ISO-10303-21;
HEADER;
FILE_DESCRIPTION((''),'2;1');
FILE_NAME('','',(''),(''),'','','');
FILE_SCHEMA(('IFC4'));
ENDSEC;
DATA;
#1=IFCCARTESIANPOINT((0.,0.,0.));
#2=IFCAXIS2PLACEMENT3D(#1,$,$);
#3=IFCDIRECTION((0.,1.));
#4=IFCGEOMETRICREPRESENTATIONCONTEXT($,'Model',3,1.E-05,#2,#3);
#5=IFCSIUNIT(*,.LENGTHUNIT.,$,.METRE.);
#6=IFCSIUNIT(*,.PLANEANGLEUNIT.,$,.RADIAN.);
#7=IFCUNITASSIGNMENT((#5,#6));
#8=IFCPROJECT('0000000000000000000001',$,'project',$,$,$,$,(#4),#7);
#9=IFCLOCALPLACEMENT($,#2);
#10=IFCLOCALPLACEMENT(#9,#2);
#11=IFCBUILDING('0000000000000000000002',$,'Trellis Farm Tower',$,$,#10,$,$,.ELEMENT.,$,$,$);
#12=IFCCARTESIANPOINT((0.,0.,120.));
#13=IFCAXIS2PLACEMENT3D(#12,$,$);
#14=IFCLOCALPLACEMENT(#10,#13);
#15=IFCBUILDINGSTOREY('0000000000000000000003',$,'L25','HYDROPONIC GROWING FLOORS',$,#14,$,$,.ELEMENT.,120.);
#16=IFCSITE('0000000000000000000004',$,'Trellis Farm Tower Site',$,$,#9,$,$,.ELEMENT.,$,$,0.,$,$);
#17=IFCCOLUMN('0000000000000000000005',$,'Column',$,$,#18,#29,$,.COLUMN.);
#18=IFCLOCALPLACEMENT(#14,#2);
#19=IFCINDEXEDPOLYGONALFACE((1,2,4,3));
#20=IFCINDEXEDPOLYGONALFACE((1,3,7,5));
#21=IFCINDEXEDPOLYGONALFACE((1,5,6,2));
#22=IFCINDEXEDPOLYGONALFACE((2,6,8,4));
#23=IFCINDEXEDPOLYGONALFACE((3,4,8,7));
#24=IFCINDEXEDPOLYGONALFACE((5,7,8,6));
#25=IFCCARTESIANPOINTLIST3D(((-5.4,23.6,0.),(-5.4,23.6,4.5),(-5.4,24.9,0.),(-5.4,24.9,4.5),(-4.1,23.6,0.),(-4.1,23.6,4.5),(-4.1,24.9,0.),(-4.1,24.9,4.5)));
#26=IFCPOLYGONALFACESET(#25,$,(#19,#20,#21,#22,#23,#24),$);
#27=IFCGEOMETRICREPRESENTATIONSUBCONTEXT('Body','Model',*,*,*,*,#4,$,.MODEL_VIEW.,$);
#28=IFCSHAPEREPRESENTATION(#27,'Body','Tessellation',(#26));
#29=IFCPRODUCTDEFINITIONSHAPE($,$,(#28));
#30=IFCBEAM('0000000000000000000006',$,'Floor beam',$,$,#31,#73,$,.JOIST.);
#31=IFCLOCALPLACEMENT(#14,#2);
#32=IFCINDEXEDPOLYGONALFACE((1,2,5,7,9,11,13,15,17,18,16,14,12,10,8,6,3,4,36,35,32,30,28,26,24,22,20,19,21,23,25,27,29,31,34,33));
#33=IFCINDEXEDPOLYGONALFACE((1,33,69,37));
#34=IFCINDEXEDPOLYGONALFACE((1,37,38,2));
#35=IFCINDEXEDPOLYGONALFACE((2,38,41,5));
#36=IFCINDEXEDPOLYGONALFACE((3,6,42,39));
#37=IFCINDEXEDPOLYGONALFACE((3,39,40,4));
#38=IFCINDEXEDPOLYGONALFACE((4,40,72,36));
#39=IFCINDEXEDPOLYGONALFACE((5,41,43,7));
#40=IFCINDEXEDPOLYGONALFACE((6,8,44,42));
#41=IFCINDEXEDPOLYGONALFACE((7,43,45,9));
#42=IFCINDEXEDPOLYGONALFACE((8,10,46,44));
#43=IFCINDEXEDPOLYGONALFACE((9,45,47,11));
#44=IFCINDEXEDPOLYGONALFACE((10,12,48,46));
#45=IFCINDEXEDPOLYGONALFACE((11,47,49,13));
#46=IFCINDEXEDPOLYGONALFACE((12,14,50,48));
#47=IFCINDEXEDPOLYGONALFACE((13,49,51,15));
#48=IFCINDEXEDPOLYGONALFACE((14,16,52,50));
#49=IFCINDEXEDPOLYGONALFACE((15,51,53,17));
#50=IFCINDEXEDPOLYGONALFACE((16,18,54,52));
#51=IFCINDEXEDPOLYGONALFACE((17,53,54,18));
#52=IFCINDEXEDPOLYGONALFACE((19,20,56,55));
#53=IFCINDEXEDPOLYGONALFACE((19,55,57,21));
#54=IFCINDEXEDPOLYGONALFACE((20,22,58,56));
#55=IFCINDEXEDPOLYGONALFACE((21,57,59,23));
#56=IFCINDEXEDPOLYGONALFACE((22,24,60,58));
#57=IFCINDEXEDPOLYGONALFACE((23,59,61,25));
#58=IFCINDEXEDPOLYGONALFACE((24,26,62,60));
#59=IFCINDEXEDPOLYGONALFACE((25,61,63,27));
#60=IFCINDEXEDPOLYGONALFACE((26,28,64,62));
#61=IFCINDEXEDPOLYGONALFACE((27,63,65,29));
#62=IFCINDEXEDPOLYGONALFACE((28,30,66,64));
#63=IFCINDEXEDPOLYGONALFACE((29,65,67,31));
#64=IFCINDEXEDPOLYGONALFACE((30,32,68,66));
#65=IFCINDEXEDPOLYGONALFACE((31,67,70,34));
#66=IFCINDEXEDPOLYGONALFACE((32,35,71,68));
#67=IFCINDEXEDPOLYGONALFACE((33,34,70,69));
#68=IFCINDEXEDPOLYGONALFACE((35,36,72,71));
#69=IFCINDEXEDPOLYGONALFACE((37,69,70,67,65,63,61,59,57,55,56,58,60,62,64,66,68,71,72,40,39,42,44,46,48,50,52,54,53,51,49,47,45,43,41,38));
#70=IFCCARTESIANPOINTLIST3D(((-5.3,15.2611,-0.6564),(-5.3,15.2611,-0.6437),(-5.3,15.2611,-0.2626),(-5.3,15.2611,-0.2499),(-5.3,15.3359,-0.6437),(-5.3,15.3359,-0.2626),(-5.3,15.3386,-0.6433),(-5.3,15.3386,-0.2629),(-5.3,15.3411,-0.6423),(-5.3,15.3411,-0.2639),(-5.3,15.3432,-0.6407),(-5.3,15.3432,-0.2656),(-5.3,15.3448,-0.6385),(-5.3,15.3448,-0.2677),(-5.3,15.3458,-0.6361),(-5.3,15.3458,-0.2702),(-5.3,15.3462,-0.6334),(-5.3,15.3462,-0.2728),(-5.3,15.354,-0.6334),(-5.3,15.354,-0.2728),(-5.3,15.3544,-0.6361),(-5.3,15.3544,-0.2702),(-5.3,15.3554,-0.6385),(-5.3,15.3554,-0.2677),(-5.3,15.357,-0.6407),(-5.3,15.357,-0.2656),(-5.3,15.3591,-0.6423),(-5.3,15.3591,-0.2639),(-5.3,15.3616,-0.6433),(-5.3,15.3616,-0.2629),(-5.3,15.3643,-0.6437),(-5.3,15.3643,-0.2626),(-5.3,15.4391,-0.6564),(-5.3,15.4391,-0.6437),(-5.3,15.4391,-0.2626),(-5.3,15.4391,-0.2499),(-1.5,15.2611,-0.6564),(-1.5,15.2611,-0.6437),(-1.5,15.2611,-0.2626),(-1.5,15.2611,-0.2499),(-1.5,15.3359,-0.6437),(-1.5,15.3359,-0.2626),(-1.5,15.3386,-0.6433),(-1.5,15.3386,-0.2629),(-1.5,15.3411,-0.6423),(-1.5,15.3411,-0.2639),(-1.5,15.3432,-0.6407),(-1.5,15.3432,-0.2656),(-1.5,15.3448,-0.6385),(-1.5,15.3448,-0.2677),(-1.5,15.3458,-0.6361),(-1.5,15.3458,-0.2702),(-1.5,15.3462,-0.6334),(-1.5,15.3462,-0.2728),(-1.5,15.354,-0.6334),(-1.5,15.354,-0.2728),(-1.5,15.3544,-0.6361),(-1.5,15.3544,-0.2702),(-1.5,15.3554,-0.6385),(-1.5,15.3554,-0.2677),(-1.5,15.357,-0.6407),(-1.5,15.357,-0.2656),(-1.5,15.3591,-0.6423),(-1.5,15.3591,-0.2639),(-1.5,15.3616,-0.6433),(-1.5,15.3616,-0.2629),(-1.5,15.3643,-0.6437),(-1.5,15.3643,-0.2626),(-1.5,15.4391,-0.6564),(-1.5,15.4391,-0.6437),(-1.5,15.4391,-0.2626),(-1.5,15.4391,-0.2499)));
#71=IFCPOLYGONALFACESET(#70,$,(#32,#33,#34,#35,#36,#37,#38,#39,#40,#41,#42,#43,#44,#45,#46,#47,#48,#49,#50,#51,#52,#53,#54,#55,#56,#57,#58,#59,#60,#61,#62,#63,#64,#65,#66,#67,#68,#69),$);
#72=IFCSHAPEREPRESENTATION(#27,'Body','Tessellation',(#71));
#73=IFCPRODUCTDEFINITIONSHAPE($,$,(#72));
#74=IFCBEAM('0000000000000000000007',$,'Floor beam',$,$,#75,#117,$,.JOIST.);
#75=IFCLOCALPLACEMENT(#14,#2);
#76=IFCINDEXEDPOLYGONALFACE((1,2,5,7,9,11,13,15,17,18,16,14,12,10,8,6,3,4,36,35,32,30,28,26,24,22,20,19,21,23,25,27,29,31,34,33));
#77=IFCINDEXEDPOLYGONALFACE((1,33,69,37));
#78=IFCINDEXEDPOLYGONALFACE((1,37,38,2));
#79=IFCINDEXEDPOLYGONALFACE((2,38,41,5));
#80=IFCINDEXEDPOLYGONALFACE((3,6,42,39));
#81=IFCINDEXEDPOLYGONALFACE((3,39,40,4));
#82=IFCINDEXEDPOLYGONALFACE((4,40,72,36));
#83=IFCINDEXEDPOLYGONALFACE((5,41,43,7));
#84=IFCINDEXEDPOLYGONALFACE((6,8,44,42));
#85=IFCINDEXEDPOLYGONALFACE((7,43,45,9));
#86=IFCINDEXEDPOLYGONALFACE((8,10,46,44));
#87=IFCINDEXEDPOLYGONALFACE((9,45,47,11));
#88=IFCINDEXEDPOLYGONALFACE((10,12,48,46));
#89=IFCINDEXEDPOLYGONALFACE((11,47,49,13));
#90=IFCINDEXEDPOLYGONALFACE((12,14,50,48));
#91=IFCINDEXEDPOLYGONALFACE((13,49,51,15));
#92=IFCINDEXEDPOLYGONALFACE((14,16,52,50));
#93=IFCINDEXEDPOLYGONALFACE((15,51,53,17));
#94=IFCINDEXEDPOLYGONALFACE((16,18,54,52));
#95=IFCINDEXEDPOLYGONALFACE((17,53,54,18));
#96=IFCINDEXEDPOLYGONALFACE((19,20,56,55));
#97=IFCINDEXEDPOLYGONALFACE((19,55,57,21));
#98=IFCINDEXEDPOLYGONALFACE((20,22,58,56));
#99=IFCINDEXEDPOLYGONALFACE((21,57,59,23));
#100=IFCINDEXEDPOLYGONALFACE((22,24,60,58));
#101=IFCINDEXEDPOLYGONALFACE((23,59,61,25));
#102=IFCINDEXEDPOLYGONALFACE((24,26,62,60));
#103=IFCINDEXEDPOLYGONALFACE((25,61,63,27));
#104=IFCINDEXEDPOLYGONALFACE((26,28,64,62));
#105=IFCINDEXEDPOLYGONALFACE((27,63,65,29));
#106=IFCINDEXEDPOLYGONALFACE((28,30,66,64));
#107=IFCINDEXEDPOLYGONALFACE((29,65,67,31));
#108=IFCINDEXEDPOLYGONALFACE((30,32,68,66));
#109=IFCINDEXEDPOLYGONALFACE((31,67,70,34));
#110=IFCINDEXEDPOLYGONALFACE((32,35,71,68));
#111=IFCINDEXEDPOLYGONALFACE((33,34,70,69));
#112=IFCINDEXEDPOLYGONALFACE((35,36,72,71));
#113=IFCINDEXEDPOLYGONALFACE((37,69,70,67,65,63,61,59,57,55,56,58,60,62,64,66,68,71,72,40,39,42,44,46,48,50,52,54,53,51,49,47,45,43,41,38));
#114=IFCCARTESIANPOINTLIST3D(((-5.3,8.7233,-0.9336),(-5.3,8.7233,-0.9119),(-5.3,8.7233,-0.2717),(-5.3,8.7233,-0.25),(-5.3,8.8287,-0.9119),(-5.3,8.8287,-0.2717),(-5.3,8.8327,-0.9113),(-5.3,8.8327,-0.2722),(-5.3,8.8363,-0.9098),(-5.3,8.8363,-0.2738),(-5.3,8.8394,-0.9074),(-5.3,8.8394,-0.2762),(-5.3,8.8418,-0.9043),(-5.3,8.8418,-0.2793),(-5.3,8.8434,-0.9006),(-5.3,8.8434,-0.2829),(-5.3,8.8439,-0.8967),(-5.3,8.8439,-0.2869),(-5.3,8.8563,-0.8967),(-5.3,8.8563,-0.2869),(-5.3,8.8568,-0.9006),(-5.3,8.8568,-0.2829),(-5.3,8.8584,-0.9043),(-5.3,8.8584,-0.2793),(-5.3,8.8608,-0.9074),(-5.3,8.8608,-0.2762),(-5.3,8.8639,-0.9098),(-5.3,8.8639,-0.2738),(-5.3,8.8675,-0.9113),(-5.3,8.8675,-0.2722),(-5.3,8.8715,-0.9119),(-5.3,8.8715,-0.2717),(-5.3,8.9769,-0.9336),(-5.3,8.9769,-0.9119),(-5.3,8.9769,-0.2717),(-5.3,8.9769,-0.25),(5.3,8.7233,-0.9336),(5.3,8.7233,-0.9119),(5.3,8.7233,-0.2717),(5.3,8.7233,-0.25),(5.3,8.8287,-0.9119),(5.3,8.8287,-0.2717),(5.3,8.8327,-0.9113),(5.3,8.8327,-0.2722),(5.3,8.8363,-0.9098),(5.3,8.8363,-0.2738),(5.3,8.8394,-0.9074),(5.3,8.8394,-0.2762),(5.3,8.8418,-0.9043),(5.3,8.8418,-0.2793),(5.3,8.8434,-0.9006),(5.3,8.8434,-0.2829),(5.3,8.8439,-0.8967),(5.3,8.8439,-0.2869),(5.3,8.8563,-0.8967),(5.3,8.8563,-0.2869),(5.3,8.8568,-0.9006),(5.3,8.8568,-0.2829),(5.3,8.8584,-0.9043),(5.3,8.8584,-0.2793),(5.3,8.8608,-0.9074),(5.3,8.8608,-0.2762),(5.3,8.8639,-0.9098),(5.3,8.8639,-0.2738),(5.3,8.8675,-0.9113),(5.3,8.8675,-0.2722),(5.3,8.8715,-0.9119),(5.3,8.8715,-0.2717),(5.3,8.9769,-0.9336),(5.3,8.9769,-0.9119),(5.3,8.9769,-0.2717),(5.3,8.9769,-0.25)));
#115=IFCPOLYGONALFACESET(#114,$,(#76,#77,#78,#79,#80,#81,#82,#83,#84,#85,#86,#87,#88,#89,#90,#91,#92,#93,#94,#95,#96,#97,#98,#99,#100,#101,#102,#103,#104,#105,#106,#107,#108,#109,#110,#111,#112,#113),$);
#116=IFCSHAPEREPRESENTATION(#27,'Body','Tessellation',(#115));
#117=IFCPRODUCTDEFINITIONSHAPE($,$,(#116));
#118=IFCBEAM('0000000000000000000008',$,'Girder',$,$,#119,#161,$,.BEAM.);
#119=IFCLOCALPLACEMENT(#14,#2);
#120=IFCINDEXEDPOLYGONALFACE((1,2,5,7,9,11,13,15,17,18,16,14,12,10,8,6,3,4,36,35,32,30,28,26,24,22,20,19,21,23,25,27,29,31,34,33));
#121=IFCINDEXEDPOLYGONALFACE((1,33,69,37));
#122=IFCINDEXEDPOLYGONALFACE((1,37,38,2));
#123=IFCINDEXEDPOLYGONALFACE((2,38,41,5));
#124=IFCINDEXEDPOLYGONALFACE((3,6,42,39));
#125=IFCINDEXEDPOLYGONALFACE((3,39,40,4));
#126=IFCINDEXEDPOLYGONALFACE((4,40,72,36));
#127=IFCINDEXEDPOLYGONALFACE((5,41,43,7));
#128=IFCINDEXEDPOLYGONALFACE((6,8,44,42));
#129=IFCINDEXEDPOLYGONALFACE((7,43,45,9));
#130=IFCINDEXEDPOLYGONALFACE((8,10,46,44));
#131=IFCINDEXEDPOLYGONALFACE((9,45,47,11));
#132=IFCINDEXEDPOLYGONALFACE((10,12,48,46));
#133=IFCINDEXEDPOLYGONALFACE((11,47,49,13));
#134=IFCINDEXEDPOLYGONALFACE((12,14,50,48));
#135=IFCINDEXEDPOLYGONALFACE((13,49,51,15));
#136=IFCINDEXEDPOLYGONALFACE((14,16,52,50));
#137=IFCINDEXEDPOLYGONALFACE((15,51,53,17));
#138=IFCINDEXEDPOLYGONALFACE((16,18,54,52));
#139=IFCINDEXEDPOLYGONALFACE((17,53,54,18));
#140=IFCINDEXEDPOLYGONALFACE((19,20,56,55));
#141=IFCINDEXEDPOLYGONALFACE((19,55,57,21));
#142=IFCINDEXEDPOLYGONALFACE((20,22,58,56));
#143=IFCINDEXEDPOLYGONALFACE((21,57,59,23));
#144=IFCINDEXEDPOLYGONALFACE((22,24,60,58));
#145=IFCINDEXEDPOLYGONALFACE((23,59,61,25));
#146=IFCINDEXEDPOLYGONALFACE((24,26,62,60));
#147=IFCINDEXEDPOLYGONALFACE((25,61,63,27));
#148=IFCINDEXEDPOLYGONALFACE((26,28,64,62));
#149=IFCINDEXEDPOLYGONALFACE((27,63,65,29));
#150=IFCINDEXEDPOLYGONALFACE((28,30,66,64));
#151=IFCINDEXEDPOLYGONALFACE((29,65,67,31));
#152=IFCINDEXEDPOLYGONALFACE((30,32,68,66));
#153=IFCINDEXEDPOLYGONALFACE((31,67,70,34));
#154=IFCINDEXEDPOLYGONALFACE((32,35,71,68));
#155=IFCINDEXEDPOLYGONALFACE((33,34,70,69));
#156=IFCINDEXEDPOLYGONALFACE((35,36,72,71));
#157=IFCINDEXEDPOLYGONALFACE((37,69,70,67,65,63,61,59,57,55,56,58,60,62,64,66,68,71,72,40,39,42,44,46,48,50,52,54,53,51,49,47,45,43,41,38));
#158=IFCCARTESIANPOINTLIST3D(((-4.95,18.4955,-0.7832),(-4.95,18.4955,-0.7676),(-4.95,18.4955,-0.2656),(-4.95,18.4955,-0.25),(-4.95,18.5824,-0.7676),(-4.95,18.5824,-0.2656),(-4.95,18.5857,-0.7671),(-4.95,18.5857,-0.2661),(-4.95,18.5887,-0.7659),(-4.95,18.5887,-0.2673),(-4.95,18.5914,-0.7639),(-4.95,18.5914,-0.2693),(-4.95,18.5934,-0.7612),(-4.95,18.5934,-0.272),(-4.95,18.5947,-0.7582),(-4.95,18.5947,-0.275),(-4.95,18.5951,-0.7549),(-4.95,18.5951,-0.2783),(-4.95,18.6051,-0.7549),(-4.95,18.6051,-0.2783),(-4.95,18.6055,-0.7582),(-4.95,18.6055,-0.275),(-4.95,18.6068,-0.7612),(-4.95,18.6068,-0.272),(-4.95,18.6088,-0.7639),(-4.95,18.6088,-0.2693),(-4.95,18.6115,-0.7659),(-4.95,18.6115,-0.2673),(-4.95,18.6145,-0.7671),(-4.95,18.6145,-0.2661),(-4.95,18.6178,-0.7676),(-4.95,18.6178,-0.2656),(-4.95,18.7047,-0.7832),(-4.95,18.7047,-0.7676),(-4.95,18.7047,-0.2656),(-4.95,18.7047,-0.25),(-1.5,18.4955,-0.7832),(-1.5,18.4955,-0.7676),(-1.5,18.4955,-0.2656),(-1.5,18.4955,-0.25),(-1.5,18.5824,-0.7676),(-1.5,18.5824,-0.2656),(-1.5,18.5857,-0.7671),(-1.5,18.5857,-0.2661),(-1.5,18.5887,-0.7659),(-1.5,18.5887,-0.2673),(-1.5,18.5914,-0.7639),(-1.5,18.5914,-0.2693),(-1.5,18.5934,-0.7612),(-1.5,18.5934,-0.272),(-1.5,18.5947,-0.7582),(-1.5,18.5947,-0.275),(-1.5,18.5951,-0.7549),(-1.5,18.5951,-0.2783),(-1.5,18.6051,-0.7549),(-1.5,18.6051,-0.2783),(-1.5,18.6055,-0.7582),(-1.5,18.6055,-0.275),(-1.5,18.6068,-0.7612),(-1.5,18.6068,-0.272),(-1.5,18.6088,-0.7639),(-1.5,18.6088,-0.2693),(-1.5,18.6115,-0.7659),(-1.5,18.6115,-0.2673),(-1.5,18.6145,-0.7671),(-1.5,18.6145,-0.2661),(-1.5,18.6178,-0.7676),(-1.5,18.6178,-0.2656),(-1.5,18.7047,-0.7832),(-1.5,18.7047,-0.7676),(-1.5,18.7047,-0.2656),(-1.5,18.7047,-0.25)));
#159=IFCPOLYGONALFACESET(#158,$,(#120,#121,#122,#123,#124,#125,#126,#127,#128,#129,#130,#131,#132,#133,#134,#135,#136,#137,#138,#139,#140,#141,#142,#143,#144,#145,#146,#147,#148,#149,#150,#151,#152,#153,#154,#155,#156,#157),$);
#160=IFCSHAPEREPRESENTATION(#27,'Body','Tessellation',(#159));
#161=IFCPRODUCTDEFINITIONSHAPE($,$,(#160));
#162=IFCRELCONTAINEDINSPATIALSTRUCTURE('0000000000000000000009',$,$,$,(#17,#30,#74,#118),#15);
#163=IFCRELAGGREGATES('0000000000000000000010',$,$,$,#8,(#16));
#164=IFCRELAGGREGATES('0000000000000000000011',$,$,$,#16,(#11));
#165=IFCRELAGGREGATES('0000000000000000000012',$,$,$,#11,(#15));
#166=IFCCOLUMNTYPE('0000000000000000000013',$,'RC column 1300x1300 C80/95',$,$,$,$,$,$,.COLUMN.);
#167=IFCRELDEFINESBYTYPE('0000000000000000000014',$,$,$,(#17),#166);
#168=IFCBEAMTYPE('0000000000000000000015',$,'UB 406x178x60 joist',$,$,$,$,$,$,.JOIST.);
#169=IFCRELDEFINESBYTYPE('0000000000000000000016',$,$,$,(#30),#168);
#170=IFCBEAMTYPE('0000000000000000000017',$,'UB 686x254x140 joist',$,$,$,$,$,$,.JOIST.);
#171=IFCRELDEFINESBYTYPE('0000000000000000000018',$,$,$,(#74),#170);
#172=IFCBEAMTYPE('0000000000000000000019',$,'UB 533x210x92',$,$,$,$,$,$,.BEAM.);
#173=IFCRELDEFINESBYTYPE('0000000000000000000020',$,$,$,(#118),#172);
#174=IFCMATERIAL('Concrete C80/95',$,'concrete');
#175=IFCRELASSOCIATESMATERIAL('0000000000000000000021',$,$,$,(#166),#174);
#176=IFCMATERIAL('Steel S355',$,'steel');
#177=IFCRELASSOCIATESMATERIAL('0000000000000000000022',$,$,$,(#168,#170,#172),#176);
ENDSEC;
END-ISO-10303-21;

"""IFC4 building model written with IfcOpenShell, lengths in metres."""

from ifc_helpers import new_model, si_unit, direction, frame, origin, origin_2d, place, context, subcontext, project, spatial, rectangle, i_section, extrude, source, transform, mapped, material, material_profile, profile_set, type_object, element, save


model = new_model("IFC4")

# Units and contexts
model_context = context("Model", 3, precision=1e-05, world=origin(), true_north=direction((0.0, 1.0)))
body_context = subcontext(model_context, "Body", "Model", "MODEL_VIEW")
ifc_project = project(units=[si_unit("LENGTHUNIT", "METRE"), si_unit("PLANEANGLEUNIT", "RADIAN")], contexts=[model_context])

# Site, building, storey
site_placement = place(None, origin())
site = spatial("IfcSite", under=ifc_project, at=site_placement, Name="Trellis Farm Tower Site", CompositionType="ELEMENT", RefElevation=0.0)
building_placement = place(site_placement, origin())
building = spatial("IfcBuilding", under=site, at=building_placement, Name="Trellis Farm Tower", CompositionType="ELEMENT")
storey_placement = place(building_placement, frame((0.0, 0.0, 120.0)))
storey = spatial("IfcBuildingStorey", under=building, at=storey_placement, Name="L25", Description="HYDROPONIC GROWING FLOORS", CompositionType="ELEMENT", Elevation=120.0)

# Column
ifc_material_1 = material(Name="Concrete C80/95", Category="concrete")
ifc_material_profile_1 = material_profile(ifc_material_1, rectangle(XDim=1.3, YDim=1.3, at=origin_2d()), Name="RC column 1300x1300 C80/95")
ifc_profile_set_1 = profile_set([ifc_material_profile_1], Name="Concrete C80/95")
column_type = type_object("IfcColumnType", Name="RC column 1300x1300 C80/95", PredefinedType="COLUMN", material=ifc_profile_set_1)
shared_shape_1 = source(origin(), body_context, "Body", "SweptSolid", [
    extrude(rectangle(XDim=1.3, YDim=1.3, at=origin_2d()), origin(), (0.0, 0.0, 1.0), 4.5),
])
column_placement = place(storey_placement, frame((-4.75, 24.25, 0.0), z_axis=(0.0, 0.0, 1.0), x_axis=(1.0, 0.0, 0.0)))
element("IfcColumn", 1, at=column_placement, inside=storey, type_object=column_type, Name="Column", PredefinedType="COLUMN", context=body_context, shape_type="MappedRepresentation", body=[
    mapped(shared_shape_1, transform((0.0, 0.0, 0.0))),
])

# Beams
ifc_material_2 = material(Name="Steel S355", Category="steel")
ifc_material_profile_2 = material_profile(ifc_material_2, i_section(OverallWidth=0.178, OverallDepth=0.4065, WebThickness=0.0078, FlangeThickness=0.0127, FilletRadius=0.0103, at=origin_2d()), Name="UB 406x178x60")
ifc_profile_set_2 = profile_set([ifc_material_profile_2], Name="Steel S355")
beam_type_1 = type_object("IfcBeamType", Name="UB 406x178x60 joist", PredefinedType="JOIST", material=ifc_profile_set_2)
shared_shape_2 = source(origin(), body_context, "Body", "SweptSolid", [
    extrude(i_section(OverallWidth=0.178, OverallDepth=0.4065, WebThickness=0.0078, FlangeThickness=0.0127, FilletRadius=0.0103, at=origin_2d()), origin(), (0.0, 0.0, 1.0), 3.8),
])
beam_1_placement = place(storey_placement, frame((-5.3, 15.3501, -0.4531), z_axis=(1.0, 0.0, 0.0), x_axis=(0.0, 1.0, 0.0)))
element("IfcBeam", 2, at=beam_1_placement, inside=storey, type_object=beam_type_1, Name="Floor beam", PredefinedType="JOIST", context=body_context, shape_type="MappedRepresentation", body=[
    mapped(shared_shape_2, transform((0.0, 0.0, 0.0))),
])
ifc_material_profile_3 = material_profile(ifc_material_2, i_section(OverallWidth=0.2537, OverallDepth=0.6836, WebThickness=0.0125, FlangeThickness=0.0217, FilletRadius=0.0151, at=origin_2d()), Name="UB 686x254x140")
ifc_profile_set_3 = profile_set([ifc_material_profile_3], Name="Steel S355")
beam_type_2 = type_object("IfcBeamType", Name="UB 686x254x140 joist", PredefinedType="JOIST", material=ifc_profile_set_3)
shared_shape_3 = source(origin(), body_context, "Body", "SweptSolid", [
    extrude(i_section(OverallWidth=0.2537, OverallDepth=0.6836, WebThickness=0.0125, FlangeThickness=0.0217, FilletRadius=0.0151, at=origin_2d()), origin(), (0.0, 0.0, 1.0), 10.6001),
])
beam_2_placement = place(storey_placement, frame((-5.3, 8.8501, -0.5918), z_axis=(1.0, 0.0, 0.0), x_axis=(0.0, 1.0, 0.0)))
element("IfcBeam", 3, at=beam_2_placement, inside=storey, type_object=beam_type_2, Name="Floor beam", PredefinedType="JOIST", context=body_context, shape_type="MappedRepresentation", body=[
    mapped(shared_shape_3, transform((0.0, 0.0, 0.0))),
])
ifc_material_profile_4 = material_profile(ifc_material_2, i_section(OverallWidth=0.2092, OverallDepth=0.5332, WebThickness=0.01, FlangeThickness=0.0156, FilletRadius=0.0127, at=origin_2d()), Name="UB 533x210x92")
ifc_profile_set_4 = profile_set([ifc_material_profile_4], Name="Steel S355")
beam_type_3 = type_object("IfcBeamType", Name="UB 533x210x92", PredefinedType="BEAM", material=ifc_profile_set_4)
shared_shape_4 = source(origin(), body_context, "Body", "SweptSolid", [
    extrude(i_section(OverallWidth=0.2092, OverallDepth=0.5332, WebThickness=0.01, FlangeThickness=0.0156, FilletRadius=0.0127, at=origin_2d()), origin(), (0.0, 0.0, 1.0), 3.45),
])
beam_3_placement = place(storey_placement, frame((-4.95, 18.6001, -0.5166), z_axis=(1.0, 0.0, 0.0), x_axis=(0.0, 1.0, 0.0)))
element("IfcBeam", 4, at=beam_3_placement, inside=storey, type_object=beam_type_3, Name="Girder", PredefinedType="BEAM", context=body_context, shape_type="MappedRepresentation", body=[
    mapped(shared_shape_4, transform((0.0, 0.0, 0.0))),
])

save(model, "model.ifc")
